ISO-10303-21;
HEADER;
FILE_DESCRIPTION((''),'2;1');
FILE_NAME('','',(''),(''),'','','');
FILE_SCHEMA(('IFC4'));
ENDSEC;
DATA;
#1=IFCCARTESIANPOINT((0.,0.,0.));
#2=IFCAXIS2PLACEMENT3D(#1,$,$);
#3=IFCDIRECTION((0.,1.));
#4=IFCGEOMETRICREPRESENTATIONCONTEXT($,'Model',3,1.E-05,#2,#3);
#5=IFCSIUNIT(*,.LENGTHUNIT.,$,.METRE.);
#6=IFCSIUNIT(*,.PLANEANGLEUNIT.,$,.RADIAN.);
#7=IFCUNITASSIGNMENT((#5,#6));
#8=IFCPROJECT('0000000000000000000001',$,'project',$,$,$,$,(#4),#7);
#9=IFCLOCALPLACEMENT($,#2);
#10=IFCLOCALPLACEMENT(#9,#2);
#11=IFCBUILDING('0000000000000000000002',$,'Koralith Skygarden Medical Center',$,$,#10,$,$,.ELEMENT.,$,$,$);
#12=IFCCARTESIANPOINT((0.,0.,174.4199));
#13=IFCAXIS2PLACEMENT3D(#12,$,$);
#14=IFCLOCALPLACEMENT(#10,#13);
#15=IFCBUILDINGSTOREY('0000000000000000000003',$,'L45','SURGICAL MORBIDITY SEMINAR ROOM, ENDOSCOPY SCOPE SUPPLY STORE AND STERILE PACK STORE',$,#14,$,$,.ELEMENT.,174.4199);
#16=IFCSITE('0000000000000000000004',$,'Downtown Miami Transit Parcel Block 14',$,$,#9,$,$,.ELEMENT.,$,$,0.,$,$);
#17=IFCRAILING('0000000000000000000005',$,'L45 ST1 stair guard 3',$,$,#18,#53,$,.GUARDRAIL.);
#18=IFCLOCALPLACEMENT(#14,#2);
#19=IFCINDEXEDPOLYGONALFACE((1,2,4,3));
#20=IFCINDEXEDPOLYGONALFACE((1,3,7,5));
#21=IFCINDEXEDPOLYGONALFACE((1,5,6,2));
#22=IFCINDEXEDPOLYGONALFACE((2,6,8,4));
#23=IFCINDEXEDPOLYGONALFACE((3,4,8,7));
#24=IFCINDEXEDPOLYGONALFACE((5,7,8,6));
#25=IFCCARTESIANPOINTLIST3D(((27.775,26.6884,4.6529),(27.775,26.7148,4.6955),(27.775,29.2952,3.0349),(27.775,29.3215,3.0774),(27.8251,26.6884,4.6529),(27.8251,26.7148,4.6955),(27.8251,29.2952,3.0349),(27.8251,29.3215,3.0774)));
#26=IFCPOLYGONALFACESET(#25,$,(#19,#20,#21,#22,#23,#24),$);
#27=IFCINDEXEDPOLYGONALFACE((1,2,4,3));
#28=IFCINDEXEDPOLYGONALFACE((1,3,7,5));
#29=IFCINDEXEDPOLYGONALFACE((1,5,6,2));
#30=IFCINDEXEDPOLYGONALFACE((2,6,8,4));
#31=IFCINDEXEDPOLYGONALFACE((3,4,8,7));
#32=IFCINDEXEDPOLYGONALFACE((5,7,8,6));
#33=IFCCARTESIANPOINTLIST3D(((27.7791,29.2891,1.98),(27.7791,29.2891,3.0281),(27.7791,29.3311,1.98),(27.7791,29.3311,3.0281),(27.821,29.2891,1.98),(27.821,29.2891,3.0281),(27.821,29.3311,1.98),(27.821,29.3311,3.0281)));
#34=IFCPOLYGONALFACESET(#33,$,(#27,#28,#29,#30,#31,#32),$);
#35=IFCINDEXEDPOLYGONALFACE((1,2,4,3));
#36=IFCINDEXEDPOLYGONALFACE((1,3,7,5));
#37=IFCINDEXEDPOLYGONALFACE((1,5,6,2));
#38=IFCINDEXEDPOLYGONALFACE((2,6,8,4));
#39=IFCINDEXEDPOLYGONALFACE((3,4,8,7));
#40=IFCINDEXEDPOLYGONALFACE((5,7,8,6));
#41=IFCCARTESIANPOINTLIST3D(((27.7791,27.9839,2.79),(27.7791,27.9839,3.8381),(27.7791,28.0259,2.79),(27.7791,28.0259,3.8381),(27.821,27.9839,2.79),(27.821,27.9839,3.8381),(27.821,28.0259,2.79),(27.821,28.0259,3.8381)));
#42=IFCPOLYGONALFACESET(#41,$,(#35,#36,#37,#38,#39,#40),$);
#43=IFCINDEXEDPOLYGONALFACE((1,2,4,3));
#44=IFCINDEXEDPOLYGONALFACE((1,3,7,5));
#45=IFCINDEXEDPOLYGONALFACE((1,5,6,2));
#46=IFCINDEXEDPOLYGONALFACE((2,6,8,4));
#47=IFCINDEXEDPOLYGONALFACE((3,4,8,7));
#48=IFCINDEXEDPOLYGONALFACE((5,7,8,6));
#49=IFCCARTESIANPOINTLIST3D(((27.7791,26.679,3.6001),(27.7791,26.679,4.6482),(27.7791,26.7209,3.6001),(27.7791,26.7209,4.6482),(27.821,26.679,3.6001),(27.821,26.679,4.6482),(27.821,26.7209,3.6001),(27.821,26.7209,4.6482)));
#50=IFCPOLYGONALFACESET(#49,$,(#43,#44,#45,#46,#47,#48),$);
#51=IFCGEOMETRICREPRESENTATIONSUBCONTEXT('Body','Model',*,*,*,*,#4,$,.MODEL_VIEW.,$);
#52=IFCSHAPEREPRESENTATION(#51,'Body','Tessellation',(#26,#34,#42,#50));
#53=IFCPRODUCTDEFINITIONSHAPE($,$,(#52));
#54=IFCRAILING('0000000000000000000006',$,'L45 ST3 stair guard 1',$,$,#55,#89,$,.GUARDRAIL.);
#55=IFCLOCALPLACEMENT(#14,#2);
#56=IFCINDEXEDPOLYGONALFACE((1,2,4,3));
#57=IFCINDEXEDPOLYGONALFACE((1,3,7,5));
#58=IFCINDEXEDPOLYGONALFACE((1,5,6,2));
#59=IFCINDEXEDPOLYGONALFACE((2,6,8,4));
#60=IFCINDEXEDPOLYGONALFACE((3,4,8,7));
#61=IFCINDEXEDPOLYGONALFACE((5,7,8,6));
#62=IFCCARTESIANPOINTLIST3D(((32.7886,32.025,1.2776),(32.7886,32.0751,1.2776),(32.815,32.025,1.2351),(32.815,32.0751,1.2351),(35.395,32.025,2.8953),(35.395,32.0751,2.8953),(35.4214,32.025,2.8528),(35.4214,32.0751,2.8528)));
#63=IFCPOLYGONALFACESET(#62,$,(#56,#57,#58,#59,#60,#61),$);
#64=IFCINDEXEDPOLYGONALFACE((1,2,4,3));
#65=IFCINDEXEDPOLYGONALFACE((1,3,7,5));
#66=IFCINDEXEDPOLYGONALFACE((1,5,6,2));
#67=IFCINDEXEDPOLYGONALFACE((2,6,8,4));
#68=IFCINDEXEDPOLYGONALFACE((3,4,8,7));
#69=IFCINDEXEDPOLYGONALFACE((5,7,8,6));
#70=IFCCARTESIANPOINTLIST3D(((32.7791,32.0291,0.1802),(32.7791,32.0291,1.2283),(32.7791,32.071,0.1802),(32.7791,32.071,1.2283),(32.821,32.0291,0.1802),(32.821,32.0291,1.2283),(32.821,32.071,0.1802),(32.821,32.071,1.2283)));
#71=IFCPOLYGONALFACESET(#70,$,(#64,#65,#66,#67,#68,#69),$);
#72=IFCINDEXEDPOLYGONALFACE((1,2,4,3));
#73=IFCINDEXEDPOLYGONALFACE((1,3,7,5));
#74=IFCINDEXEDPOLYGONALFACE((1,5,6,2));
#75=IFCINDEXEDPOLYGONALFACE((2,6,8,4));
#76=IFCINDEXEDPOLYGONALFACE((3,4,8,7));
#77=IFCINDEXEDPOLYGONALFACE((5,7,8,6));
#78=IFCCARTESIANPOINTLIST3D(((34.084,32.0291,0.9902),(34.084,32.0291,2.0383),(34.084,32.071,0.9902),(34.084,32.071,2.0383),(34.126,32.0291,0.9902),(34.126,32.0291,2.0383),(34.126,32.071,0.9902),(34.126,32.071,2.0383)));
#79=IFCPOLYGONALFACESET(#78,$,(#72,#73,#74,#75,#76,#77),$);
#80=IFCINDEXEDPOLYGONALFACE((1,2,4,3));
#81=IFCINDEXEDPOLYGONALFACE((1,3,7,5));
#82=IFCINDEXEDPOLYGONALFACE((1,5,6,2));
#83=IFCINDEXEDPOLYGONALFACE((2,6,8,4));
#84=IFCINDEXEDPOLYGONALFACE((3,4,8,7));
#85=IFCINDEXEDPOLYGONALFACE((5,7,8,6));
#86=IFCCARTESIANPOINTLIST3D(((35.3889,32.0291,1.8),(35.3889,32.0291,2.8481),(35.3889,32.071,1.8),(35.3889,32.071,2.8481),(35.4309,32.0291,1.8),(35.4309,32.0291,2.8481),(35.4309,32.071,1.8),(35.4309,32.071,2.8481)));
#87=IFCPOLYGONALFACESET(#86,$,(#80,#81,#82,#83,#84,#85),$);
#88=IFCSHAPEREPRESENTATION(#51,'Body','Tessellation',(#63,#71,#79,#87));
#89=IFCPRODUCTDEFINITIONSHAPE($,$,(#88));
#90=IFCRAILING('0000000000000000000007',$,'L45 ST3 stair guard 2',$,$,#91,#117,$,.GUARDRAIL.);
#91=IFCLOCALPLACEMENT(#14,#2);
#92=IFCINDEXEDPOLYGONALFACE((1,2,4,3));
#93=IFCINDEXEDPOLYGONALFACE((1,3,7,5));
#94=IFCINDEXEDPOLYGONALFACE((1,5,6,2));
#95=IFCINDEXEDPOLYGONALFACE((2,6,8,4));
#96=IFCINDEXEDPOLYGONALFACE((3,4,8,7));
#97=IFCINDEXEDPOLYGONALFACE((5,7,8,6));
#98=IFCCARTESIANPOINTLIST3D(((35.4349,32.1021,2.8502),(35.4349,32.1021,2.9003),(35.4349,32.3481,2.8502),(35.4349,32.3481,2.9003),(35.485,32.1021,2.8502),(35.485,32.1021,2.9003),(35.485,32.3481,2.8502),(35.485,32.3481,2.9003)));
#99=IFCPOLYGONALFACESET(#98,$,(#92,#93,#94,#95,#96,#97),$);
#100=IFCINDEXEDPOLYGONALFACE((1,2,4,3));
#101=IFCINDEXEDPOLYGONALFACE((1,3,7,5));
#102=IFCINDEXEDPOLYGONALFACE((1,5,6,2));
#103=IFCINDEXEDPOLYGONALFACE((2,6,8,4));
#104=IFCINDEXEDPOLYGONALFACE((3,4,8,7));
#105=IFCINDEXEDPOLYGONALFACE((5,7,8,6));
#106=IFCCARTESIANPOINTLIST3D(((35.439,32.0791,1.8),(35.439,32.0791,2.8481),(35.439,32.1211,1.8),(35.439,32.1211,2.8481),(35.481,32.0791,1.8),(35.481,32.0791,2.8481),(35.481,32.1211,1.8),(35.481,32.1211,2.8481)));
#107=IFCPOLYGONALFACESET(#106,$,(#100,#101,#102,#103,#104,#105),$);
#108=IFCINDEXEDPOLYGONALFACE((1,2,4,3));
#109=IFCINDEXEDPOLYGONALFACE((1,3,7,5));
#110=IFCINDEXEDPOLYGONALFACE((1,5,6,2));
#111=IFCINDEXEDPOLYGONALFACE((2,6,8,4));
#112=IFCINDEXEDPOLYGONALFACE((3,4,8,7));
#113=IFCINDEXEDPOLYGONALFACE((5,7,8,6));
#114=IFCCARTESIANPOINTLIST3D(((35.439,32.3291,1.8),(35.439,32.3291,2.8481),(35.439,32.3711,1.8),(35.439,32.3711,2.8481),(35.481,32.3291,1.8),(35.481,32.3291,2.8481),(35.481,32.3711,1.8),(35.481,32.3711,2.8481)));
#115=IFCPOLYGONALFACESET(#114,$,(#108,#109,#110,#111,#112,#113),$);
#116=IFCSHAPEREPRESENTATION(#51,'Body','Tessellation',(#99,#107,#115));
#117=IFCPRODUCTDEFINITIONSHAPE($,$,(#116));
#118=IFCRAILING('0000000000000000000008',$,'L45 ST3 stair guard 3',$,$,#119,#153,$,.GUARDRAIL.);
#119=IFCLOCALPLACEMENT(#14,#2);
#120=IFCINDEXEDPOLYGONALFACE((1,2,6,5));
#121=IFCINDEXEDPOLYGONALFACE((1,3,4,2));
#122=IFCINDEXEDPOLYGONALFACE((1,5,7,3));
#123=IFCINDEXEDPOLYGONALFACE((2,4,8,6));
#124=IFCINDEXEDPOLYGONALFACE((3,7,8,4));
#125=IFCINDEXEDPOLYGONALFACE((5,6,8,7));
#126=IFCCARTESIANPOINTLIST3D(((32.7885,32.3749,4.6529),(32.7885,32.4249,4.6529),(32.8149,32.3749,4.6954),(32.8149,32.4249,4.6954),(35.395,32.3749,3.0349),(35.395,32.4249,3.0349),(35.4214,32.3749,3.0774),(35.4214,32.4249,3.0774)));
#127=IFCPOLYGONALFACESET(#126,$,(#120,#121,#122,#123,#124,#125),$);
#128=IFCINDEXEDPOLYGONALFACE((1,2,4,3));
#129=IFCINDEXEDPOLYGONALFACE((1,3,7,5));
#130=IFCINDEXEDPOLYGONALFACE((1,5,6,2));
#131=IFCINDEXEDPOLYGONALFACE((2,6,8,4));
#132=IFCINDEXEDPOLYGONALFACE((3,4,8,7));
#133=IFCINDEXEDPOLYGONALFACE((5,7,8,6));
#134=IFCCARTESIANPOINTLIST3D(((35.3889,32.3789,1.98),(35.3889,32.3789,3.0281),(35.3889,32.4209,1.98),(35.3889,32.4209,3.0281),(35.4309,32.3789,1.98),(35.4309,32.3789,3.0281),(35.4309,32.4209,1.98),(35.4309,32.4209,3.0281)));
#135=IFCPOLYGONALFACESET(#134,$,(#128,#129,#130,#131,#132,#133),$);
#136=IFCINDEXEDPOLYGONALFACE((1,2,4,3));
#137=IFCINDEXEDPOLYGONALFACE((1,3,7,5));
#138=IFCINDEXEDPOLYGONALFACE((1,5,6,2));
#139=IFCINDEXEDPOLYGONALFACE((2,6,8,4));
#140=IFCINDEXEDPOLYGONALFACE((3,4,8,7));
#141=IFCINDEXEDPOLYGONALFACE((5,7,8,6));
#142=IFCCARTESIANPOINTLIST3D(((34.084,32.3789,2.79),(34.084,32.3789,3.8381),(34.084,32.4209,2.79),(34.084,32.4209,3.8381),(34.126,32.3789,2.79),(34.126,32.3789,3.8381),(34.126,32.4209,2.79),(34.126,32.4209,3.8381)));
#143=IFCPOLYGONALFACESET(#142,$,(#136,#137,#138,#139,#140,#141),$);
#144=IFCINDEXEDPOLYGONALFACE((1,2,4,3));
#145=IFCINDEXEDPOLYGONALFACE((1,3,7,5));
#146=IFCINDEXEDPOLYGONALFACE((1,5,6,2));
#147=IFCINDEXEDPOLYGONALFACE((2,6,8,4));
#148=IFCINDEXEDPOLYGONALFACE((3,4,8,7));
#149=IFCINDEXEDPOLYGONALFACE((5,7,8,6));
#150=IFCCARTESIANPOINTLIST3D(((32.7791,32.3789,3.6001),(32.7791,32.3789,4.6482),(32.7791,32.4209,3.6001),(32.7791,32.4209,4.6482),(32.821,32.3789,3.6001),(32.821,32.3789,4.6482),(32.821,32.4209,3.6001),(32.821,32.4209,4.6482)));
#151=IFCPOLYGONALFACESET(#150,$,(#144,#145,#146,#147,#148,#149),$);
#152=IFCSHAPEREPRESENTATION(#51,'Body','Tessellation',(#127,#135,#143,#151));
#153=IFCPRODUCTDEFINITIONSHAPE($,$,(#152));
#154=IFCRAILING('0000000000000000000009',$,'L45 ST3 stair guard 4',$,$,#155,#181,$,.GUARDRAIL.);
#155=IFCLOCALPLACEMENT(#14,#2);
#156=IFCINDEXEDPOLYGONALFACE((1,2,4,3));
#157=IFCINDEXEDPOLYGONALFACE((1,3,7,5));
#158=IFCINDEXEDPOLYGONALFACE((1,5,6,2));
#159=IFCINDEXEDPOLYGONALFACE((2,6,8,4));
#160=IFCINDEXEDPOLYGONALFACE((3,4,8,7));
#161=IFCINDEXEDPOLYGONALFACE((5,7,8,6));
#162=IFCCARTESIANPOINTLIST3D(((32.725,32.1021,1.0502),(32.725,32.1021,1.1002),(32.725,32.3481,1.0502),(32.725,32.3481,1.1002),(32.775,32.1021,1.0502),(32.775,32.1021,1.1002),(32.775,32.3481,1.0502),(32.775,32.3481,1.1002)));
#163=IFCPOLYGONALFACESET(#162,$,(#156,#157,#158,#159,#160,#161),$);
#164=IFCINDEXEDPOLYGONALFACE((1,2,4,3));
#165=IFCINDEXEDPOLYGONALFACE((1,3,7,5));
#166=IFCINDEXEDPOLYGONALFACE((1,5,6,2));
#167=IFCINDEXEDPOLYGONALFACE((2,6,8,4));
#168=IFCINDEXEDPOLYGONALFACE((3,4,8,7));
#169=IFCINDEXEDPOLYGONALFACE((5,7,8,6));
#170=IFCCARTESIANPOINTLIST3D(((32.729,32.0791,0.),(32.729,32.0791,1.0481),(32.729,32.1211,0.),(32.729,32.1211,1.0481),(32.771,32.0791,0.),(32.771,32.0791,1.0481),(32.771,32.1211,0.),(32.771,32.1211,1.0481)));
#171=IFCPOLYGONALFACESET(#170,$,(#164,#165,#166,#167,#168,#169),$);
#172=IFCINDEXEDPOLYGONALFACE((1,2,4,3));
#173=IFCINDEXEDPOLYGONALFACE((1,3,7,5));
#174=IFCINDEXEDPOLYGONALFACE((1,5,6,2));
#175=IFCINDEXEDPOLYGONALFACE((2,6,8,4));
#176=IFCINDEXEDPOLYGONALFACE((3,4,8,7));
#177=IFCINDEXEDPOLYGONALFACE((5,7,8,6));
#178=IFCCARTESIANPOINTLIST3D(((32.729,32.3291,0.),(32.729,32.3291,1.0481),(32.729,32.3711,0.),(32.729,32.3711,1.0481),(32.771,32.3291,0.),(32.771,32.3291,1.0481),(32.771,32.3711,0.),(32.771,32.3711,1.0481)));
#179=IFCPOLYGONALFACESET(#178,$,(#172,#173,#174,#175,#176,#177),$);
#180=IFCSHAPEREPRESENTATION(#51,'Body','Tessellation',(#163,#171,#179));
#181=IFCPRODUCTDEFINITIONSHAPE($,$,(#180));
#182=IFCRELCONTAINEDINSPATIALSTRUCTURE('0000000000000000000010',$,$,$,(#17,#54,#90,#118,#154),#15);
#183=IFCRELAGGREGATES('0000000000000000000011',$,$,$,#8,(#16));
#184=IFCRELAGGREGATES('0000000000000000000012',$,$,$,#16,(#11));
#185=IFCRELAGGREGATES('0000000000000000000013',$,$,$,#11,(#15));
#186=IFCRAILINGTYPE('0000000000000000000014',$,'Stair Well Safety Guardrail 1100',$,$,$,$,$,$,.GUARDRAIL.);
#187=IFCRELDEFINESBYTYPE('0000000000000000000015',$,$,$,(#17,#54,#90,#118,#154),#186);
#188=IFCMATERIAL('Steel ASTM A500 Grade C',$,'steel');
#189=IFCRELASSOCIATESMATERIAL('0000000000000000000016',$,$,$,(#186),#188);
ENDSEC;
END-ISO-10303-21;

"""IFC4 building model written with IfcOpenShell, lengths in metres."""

from ifc_helpers import new_model, si_unit, direction, frame, origin, origin_2d, place, context, subcontext, project, spatial, rectangle, extrude, material, type_object, element, save


model = new_model("IFC4")

# Units and contexts
model_context = context("Model", 3, precision=1e-05, world=origin(), true_north=direction((0.0, 1.0)))
body_context = subcontext(model_context, "Body", "Model", "MODEL_VIEW")
ifc_project = project(units=[si_unit("LENGTHUNIT", "METRE"), si_unit("PLANEANGLEUNIT", "RADIAN")], contexts=[model_context])

# Site, building, storey
site_placement = place(None, origin())
site = spatial("IfcSite", under=ifc_project, at=site_placement, Name="Downtown Miami Transit Parcel Block 14", CompositionType="ELEMENT", RefElevation=0.0)
building_placement = place(site_placement, origin())
building = spatial("IfcBuilding", under=site, at=building_placement, Name="Koralith Skygarden Medical Center", CompositionType="ELEMENT")
storey_placement = place(building_placement, frame((0.0, 0.0, 174.4199)))
storey = spatial("IfcBuildingStorey", under=building, at=storey_placement, Name="L45", Description="SURGICAL MORBIDITY SEMINAR ROOM, ENDOSCOPY SCOPE SUPPLY STORE AND STERILE PACK STORE", CompositionType="ELEMENT", Elevation=174.4199)

# Shared definitions
ifc_material_1 = material(Name="Steel ASTM A500 Grade C", Category="steel")

# Railings
railing_type_1 = type_object("IfcRailingType", Name="Stair Well Safety Guardrail 1100", PredefinedType="GUARDRAIL", material=ifc_material_1)
railing_1_placement = place(storey_placement, frame((27.8, 29.3101, 1.98)))
element("IfcRailing", 1, at=railing_1_placement, inside=storey, type_object=railing_type_1, Name="L45 ST1 stair guard 3", PredefinedType="GUARDRAIL", context=body_context, shape_type="SweptSolid", body=[
    extrude(rectangle(XDim=0.05, YDim=0.05, at=origin_2d()), frame((0.0, -0.0017, 1.0762), z_axis=(0.0, -0.849633, 0.527375), x_axis=(1.0, 0.0, 0.0)), (0.0, 0.0, 1.0), 3.0681),
    extrude(rectangle(XDim=0.042, YDim=0.042, at=origin_2d()), origin(), (0.0, 0.0, 1.0), 1.0481),
    extrude(rectangle(XDim=0.042, YDim=0.042, at=origin_2d()), frame((0.0, -1.3052, 0.8101)), (0.0, 0.0, 1.0), 1.0481),
    extrude(rectangle(XDim=0.042, YDim=0.042, at=origin_2d()), frame((0.0, -2.6101, 1.6201)), (0.0, 0.0, 1.0), 1.0481),
])
railing_2_placement = place(storey_placement, frame((32.8, 32.05, 0.1802)))
element("IfcRailing", 2, at=railing_2_placement, inside=storey, type_object=railing_type_1, Name="L45 ST3 stair guard 1", PredefinedType="GUARDRAIL", context=body_context, shape_type="SweptSolid", body=[
    extrude(rectangle(XDim=0.05, YDim=0.05, at=origin_2d()), frame((0.0017, 0.0, 1.0762), z_axis=(0.849646, 0.0, 0.527353), x_axis=(0.0, 1.0, 0.0)), (0.0, 0.0, 1.0), 3.0676),
    extrude(rectangle(XDim=0.042, YDim=0.042, at=origin_2d()), origin(), (0.0, 0.0, 1.0), 1.0481),
    extrude(rectangle(XDim=0.042, YDim=0.042, at=origin_2d()), frame((1.3049, 0.0, 0.8101)), (0.0, 0.0, 1.0), 1.0481),
    extrude(rectangle(XDim=0.042, YDim=0.042, at=origin_2d()), frame((2.6099, 0.0, 1.6199)), (0.0, 0.0, 1.0), 1.0481),
])
railing_3_placement = place(storey_placement, frame((35.46, 32.1001, 1.8)))
element("IfcRailing", 3, at=railing_3_placement, inside=storey, type_object=railing_type_1, Name="L45 ST3 stair guard 2", PredefinedType="GUARDRAIL", context=body_context, shape_type="SweptSolid", body=[
    extrude(rectangle(XDim=0.05, YDim=0.05, at=origin_2d()), frame((0.0, 0.002, 1.0752), z_axis=(0.0, 1.0, 0.0), x_axis=(-1.0, 0.0, 0.0)), (0.0, 0.0, 1.0), 0.2461),
    extrude(rectangle(XDim=0.042, YDim=0.042, at=origin_2d()), origin(), (0.0, 0.0, 1.0), 1.0481),
    extrude(rectangle(XDim=0.042, YDim=0.042, at=origin_2d()), frame((0.0, 0.25, 0.0)), (0.0, 0.0, 1.0), 1.0481),
])
railing_4_placement = place(storey_placement, frame((35.4099, 32.3999, 1.98)))
element("IfcRailing", 4, at=railing_4_placement, inside=storey, type_object=railing_type_1, Name="L45 ST3 stair guard 3", PredefinedType="GUARDRAIL", context=body_context, shape_type="SweptSolid", body=[
    extrude(rectangle(XDim=0.05, YDim=0.05, at=origin_2d()), frame((-0.0017, 0.0, 1.0762), z_axis=(-0.849611, 0.0, 0.52741), x_axis=(0.0, -1.0, 0.0)), (0.0, 0.0, 1.0), 3.0679),
    extrude(rectangle(XDim=0.042, YDim=0.042, at=origin_2d()), origin(), (0.0, 0.0, 1.0), 1.0481),
    extrude(rectangle(XDim=0.042, YDim=0.042, at=origin_2d()), frame((-1.3049, 0.0, 0.8101)), (0.0, 0.0, 1.0), 1.0481),
    extrude(rectangle(XDim=0.042, YDim=0.042, at=origin_2d()), frame((-2.6099, 0.0, 1.6201)), (0.0, 0.0, 1.0), 1.0481),
])
railing_5_placement = place(storey_placement, frame((32.75, 32.1001, 0.0)))
element("IfcRailing", 5, at=railing_5_placement, inside=storey, type_object=railing_type_1, Name="L45 ST3 stair guard 4", PredefinedType="GUARDRAIL", context=body_context, shape_type="SweptSolid", body=[
    extrude(rectangle(XDim=0.05, YDim=0.05, at=origin_2d()), frame((0.0, 0.002, 1.0752), z_axis=(0.0, 1.0, 0.0), x_axis=(-1.0, 0.0, 0.0)), (0.0, 0.0, 1.0), 0.2461),
    extrude(rectangle(XDim=0.042, YDim=0.042, at=origin_2d()), origin(), (0.0, 0.0, 1.0), 1.0481),
    extrude(rectangle(XDim=0.042, YDim=0.042, at=origin_2d()), frame((0.0, 0.25, 0.0)), (0.0, 0.0, 1.0), 1.0481),
])

save(model, "model.ifc")
